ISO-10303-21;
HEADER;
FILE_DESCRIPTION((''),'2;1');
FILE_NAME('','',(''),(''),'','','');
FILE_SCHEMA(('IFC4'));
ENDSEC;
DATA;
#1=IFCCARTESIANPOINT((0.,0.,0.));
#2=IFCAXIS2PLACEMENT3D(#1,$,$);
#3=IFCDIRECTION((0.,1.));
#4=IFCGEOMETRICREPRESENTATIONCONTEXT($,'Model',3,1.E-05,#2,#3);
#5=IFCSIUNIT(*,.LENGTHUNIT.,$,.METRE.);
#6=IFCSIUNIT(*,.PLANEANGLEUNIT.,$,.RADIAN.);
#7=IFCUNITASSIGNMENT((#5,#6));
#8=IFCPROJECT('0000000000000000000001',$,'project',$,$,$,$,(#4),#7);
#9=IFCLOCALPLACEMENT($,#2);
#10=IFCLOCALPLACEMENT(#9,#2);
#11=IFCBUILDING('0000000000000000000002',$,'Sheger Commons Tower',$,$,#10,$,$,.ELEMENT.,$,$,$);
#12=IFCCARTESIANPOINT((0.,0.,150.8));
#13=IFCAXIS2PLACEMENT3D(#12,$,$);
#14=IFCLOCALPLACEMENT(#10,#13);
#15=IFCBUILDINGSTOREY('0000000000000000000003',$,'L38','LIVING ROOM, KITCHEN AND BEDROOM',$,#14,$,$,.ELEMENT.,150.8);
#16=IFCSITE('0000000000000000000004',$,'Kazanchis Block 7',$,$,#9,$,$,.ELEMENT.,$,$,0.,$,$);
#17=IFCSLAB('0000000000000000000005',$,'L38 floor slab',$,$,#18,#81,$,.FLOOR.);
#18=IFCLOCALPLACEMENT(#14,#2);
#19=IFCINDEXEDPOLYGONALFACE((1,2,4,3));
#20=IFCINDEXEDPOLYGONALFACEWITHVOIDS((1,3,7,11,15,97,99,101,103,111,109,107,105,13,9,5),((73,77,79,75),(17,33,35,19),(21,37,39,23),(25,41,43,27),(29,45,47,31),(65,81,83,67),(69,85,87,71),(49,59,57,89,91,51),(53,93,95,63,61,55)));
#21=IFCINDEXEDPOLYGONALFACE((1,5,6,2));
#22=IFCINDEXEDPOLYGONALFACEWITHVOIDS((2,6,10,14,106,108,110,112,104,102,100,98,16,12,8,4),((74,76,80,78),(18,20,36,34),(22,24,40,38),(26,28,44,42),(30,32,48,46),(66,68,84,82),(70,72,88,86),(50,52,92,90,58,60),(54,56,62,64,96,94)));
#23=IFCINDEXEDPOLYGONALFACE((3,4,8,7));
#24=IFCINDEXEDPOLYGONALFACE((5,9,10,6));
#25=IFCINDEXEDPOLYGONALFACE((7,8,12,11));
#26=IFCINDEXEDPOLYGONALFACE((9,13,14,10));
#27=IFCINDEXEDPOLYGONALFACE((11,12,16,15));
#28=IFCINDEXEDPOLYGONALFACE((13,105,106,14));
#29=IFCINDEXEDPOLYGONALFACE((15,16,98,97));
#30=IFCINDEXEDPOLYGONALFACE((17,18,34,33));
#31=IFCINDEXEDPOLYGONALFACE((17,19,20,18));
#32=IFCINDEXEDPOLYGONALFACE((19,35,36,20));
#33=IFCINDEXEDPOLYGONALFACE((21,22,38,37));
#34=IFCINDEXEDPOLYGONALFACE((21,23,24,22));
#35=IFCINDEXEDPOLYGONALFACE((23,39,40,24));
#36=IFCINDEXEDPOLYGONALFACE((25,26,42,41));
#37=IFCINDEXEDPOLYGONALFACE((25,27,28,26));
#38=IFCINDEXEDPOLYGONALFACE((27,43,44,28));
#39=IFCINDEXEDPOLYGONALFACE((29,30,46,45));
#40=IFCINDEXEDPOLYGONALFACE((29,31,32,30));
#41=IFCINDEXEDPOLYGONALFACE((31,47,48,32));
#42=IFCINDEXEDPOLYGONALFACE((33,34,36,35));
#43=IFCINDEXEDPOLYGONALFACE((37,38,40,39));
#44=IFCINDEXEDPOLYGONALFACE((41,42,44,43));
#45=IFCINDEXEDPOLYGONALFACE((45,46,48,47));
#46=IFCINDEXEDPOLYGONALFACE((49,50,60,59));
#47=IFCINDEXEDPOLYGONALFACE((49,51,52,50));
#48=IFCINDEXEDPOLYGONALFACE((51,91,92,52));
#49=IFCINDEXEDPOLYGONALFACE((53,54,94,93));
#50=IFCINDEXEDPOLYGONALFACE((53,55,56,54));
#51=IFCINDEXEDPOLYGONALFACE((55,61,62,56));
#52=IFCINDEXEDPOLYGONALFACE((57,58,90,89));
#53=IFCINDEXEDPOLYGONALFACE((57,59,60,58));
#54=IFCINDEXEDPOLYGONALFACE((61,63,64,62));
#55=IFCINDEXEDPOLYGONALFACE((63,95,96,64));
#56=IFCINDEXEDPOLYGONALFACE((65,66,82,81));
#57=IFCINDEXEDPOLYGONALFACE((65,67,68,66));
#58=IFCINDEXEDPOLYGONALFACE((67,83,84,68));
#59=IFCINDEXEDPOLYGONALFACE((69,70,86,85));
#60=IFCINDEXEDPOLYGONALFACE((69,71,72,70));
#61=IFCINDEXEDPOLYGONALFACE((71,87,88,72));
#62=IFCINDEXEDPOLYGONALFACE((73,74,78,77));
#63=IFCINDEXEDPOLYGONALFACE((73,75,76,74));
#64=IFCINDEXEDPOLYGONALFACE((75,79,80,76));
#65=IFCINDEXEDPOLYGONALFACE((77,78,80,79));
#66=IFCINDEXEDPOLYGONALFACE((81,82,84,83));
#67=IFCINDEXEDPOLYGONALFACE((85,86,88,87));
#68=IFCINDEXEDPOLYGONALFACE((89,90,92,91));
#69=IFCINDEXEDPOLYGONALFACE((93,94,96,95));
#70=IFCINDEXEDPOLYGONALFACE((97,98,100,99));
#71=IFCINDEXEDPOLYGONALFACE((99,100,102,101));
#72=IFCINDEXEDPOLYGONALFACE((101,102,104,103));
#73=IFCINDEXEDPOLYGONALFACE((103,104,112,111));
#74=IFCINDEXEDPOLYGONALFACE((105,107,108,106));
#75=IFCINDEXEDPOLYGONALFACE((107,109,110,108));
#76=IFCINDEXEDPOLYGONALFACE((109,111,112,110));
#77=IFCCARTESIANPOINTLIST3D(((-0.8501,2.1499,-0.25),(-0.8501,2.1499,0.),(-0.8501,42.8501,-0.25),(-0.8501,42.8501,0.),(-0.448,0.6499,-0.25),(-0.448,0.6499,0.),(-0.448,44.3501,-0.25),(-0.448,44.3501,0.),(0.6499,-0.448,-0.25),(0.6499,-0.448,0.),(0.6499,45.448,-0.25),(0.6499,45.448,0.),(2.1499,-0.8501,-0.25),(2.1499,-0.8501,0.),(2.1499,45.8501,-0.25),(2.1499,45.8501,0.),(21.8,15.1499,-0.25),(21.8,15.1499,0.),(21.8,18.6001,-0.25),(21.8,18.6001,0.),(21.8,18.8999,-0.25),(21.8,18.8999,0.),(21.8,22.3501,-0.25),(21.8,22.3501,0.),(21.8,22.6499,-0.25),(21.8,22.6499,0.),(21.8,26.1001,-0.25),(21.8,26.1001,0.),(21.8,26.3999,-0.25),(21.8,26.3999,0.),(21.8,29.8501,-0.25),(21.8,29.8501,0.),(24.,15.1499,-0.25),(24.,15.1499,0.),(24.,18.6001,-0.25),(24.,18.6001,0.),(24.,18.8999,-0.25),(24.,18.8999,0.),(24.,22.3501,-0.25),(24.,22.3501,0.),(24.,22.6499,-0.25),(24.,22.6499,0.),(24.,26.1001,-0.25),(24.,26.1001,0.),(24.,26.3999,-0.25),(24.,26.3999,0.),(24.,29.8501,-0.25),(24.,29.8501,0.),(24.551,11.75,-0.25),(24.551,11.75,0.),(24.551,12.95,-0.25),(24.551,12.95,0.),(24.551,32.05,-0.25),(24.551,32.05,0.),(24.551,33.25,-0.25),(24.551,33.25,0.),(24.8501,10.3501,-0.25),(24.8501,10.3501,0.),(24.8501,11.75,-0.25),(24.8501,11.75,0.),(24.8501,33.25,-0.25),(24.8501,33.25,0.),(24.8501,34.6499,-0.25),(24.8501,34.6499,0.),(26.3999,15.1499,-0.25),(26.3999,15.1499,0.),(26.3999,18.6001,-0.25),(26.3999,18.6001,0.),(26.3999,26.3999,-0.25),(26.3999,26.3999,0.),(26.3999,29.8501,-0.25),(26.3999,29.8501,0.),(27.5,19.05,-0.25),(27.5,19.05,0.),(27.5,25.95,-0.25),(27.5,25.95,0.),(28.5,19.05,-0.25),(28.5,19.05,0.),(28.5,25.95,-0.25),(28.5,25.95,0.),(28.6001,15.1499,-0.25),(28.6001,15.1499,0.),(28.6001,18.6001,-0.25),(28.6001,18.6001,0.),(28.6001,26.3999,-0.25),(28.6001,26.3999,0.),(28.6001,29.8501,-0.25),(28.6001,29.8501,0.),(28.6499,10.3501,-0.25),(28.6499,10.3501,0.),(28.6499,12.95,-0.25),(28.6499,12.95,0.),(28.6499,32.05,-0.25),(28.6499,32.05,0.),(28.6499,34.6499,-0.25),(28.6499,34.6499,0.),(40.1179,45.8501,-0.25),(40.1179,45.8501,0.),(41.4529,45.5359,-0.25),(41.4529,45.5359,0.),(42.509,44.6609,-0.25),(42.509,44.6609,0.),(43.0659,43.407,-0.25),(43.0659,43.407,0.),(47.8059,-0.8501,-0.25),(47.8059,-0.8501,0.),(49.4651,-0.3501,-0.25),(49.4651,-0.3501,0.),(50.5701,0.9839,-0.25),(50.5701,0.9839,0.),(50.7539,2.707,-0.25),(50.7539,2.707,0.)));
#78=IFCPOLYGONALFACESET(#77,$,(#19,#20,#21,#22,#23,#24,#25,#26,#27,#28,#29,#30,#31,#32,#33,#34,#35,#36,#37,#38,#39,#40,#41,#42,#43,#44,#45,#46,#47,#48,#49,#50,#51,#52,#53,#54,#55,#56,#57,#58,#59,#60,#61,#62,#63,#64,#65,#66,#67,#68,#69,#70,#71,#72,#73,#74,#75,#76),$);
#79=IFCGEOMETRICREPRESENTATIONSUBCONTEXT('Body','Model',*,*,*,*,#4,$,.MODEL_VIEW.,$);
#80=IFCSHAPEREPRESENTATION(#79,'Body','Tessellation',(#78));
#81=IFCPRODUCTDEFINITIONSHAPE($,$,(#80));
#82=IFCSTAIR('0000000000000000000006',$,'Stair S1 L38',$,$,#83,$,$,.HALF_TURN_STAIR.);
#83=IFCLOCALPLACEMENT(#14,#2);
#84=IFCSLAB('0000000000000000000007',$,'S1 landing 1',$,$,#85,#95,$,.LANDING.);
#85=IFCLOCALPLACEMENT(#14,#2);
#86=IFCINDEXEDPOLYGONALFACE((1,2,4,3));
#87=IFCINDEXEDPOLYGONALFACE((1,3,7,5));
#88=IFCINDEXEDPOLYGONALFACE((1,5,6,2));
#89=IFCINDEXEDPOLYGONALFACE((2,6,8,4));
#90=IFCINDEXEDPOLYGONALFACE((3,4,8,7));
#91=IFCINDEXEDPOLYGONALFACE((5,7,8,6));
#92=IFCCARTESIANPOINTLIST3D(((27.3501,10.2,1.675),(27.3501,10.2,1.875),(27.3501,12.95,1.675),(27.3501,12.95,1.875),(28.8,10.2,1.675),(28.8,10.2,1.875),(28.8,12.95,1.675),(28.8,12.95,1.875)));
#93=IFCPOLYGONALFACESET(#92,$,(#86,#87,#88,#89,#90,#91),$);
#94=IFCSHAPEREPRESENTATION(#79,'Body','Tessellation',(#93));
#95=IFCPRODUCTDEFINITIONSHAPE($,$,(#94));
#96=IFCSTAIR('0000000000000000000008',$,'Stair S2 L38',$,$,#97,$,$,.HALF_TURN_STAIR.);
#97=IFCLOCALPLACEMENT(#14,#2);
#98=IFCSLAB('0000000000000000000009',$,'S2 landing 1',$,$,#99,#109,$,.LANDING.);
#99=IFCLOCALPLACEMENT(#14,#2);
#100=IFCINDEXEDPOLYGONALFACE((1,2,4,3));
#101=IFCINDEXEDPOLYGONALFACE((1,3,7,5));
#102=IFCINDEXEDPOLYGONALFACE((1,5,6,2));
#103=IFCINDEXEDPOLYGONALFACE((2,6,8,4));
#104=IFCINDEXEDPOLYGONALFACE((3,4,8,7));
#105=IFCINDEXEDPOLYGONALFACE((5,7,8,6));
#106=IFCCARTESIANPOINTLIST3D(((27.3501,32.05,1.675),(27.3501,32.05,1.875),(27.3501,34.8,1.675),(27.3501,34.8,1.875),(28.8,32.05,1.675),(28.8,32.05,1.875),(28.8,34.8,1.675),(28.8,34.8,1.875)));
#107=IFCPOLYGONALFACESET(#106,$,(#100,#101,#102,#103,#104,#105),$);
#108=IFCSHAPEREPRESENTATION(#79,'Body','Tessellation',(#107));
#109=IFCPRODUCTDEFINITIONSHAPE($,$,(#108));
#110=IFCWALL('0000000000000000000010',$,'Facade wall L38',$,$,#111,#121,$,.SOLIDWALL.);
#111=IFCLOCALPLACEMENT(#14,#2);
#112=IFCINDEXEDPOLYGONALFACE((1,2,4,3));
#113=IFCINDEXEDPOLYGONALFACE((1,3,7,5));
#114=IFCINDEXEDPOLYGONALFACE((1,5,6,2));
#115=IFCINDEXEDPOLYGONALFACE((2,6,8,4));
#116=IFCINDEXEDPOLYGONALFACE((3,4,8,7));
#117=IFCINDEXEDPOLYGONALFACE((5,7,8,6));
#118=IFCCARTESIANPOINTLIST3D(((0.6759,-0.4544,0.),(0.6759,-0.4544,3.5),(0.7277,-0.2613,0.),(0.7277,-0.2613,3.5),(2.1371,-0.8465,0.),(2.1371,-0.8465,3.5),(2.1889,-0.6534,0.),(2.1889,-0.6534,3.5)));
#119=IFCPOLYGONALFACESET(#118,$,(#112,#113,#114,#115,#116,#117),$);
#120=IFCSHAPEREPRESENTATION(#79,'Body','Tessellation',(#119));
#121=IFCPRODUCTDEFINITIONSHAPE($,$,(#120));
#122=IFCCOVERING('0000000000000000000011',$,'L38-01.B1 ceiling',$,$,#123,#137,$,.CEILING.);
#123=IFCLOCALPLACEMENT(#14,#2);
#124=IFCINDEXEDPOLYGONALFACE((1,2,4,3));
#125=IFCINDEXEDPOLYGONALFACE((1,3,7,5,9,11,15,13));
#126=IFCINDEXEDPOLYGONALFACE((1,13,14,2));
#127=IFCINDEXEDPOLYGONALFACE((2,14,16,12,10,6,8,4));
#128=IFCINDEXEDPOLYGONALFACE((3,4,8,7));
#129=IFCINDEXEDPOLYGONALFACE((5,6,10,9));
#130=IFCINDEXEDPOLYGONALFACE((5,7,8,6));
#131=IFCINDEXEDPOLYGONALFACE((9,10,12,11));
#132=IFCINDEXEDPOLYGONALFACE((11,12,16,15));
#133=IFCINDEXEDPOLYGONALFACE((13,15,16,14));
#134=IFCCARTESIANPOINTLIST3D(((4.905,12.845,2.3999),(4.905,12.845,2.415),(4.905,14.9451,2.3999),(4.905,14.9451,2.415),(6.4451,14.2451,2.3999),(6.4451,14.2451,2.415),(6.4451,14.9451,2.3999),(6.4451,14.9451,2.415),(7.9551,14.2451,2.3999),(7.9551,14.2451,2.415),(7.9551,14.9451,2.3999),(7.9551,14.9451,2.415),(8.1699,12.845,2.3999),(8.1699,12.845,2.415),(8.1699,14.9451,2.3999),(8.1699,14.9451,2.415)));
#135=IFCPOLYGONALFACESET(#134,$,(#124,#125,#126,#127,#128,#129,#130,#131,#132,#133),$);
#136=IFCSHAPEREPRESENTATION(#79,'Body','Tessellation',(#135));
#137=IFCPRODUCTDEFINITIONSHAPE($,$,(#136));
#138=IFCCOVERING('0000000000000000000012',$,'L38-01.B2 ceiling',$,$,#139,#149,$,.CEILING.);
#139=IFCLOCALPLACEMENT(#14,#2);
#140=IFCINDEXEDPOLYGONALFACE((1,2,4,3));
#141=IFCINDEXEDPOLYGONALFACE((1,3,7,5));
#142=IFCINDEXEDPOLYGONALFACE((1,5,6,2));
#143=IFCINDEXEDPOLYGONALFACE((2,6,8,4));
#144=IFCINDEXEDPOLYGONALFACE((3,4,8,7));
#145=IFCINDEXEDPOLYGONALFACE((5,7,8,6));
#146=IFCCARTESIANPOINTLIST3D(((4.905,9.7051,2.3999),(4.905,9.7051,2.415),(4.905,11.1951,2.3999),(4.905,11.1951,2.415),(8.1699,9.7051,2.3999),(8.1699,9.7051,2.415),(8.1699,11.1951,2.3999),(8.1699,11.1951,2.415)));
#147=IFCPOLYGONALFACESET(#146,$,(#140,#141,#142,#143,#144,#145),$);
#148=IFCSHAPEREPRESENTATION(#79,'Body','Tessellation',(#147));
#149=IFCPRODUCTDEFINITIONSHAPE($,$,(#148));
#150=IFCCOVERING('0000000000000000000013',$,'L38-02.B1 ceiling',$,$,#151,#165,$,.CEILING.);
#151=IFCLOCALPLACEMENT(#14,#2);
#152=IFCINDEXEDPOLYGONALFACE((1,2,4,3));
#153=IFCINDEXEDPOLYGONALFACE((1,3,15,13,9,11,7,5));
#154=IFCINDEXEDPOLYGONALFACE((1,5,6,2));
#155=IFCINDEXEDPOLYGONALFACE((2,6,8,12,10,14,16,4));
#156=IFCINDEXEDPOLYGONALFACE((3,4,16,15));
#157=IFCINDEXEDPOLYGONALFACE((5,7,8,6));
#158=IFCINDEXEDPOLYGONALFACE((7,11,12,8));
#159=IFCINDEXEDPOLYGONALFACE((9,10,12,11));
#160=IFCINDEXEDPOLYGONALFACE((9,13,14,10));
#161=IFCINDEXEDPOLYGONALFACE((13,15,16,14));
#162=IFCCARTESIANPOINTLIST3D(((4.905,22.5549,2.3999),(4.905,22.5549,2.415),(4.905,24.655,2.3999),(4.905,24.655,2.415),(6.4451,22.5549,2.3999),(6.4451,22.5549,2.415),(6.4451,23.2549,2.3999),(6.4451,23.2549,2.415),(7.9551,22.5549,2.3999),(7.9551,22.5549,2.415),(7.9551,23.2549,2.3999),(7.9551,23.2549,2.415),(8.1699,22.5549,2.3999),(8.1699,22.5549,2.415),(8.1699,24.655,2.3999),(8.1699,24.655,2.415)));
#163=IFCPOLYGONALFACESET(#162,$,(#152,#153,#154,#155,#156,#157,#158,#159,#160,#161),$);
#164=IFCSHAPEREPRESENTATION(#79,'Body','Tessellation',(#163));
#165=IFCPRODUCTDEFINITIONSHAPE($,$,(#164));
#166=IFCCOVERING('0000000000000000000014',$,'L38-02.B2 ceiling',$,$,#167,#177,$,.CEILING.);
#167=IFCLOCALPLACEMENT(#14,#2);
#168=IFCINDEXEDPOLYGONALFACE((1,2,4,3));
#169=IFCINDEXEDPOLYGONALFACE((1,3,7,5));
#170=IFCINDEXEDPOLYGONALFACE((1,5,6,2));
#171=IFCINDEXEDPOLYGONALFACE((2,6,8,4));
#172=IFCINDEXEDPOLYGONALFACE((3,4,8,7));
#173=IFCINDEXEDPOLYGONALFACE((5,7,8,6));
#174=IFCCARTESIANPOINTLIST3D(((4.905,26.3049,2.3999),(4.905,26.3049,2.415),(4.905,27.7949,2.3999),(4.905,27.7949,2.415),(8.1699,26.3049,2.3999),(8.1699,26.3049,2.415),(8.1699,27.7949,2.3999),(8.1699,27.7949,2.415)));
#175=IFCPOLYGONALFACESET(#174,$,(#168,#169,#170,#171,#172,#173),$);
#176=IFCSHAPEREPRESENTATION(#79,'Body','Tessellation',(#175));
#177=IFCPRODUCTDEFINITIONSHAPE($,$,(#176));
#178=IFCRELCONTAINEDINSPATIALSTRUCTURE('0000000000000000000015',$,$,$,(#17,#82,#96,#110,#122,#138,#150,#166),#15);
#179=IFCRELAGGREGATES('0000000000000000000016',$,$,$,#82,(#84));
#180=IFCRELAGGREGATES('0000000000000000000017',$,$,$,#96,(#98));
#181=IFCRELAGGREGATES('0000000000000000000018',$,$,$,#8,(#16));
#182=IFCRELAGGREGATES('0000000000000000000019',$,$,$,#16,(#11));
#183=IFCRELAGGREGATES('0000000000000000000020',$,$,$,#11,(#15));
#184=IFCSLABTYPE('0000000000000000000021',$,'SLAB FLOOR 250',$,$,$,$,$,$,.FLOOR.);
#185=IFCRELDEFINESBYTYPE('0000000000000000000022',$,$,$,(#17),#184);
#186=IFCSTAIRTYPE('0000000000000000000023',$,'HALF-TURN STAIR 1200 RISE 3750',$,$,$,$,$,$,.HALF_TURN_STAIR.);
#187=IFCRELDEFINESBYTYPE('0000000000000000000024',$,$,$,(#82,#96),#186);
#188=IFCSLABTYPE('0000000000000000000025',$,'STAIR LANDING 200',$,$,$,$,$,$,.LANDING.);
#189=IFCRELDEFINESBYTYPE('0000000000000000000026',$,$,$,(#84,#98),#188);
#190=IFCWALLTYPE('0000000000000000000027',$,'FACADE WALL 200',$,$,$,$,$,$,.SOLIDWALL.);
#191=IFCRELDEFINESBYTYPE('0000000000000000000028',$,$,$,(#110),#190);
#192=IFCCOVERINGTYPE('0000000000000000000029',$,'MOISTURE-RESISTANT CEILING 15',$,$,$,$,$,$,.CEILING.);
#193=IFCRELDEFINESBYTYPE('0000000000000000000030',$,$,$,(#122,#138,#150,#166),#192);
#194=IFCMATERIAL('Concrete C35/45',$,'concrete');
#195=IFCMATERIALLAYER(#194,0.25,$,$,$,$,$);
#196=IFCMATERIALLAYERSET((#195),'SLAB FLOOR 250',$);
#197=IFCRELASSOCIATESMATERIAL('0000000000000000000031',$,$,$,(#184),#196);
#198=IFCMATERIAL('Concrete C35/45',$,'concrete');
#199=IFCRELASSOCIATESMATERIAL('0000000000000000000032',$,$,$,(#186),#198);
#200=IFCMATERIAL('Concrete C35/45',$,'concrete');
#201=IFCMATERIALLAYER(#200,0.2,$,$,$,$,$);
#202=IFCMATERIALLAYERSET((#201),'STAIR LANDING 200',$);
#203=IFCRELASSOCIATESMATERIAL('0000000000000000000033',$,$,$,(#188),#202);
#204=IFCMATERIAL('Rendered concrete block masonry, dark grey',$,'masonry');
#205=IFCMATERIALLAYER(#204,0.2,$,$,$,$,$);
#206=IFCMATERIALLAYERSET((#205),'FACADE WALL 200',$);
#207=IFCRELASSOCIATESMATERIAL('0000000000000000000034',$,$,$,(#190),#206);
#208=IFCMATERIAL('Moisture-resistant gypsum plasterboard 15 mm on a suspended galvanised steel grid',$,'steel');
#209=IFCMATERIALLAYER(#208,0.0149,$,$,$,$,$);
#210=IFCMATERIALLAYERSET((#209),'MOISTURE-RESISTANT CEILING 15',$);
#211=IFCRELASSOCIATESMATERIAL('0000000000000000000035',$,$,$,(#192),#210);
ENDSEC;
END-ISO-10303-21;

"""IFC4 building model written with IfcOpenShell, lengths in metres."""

from ifc_helpers import new_model, si_unit, direction, frame, frame_2d, origin, place, context, subcontext, project, spatial, polyline, rectangle, outline, extrude, material, layer, layer_set, type_object, element, aggregate, save


model = new_model("IFC4")

# Units and contexts
model_context = context("Model", 3, precision=1e-05, world=origin(), true_north=direction((0.0, 1.0)))
body_context = subcontext(model_context, "Body", "Model", "MODEL_VIEW")
ifc_project = project(units=[si_unit("LENGTHUNIT", "METRE"), si_unit("PLANEANGLEUNIT", "RADIAN")], contexts=[model_context])

# Site, building, storey
site_placement = place(None, origin())
site = spatial("IfcSite", under=ifc_project, at=site_placement, Name="Kazanchis Block 7", CompositionType="ELEMENT", RefElevation=0.0)
building_placement = place(site_placement, origin())
building = spatial("IfcBuilding", under=site, at=building_placement, Name="Sheger Commons Tower", CompositionType="ELEMENT")
storey_placement = place(building_placement, frame((0.0, 0.0, 150.8)))
storey = spatial("IfcBuildingStorey", under=building, at=storey_placement, Name="L38", Description="LIVING ROOM, KITCHEN AND BEDROOM", CompositionType="ELEMENT", Elevation=150.8)

# Slab
ifc_material_1 = material(Name="Concrete C35/45", Category="concrete")
ifc_layer_1 = layer(ifc_material_1, 0.25)
ifc_layer_set_1 = layer_set([ifc_layer_1], Name="SLAB FLOOR 250")
slab_type_1 = type_object("IfcSlabType", Name="SLAB FLOOR 250", PredefinedType="FLOOR", material=ifc_layer_set_1)
slab_1_placement = place(storey_placement, frame((0.0, 0.0, -0.25)))
element("IfcSlab", 1, at=slab_1_placement, inside=storey, type_object=slab_type_1, Name="L38 floor slab", PredefinedType="FLOOR", context=body_context, shape_type="SweptSolid", body=[
    extrude(outline(polyline([(-0.8501, 2.1499), (-0.448, 0.6499), (0.6499, -0.448), (2.1499, -0.8501), (47.8059, -0.8501), (49.4651, -0.3501), (50.5701, 0.9839), (50.7539, 2.707), (43.0659, 43.407), (42.509, 44.6609), (41.4529, 45.5359), (40.1179, 45.8501), (2.1499, 45.8501), (0.6499, 45.448), (-0.448, 44.3501), (-0.8501, 42.8501), (-0.8501, 2.1499)]), holes=[polyline([(24.8501, 10.3501), (28.6499, 10.3501), (28.6499, 12.95), (24.551, 12.95), (24.551, 11.75), (24.8501, 11.75), (24.8501, 10.3501)]), polyline([(24.551, 32.05), (28.6499, 32.05), (28.6499, 34.6499), (24.8501, 34.6499), (24.8501, 33.25), (24.551, 33.25), (24.551, 32.05)]), polyline([(26.3999, 15.1499), (28.6001, 15.1499), (28.6001, 18.6001), (26.3999, 18.6001), (26.3999, 15.1499)]), polyline([(26.3999, 26.3999), (28.6001, 26.3999), (28.6001, 29.8501), (26.3999, 29.8501), (26.3999, 26.3999)]), polyline([(21.8, 15.1499), (24.0, 15.1499), (24.0, 18.6001), (21.8, 18.6001), (21.8, 15.1499)]), polyline([(21.8, 18.8999), (24.0, 18.8999), (24.0, 22.3501), (21.8, 22.3501), (21.8, 18.8999)]), polyline([(21.8, 22.6499), (24.0, 22.6499), (24.0, 26.1001), (21.8, 26.1001), (21.8, 22.6499)]), polyline([(21.8, 26.3999), (24.0, 26.3999), (24.0, 29.8501), (21.8, 29.8501), (21.8, 26.3999)]), polyline([(27.5, 19.05), (28.5, 19.05), (28.5, 25.95), (27.5, 25.95), (27.5, 19.05)])]), origin(), (0.0, 0.0, 1.0), 0.25),
])

# Stairs, slabs
ifc_material_2 = material(Name="Concrete C35/45", Category="concrete")
stair_type = type_object("IfcStairType", Name="HALF-TURN STAIR 1200 RISE 3750", PredefinedType="HALF_TURN_STAIR", material=ifc_material_2)
stair_1_placement = place(storey_placement, origin())
stair_1 = element("IfcStair", 2, at=stair_1_placement, inside=storey, type_object=stair_type, Name="Stair S1 L38", PredefinedType="HALF_TURN_STAIR")
ifc_material_3 = material(Name="Concrete C35/45", Category="concrete")
ifc_layer_2 = layer(ifc_material_3, 0.2)
ifc_layer_set_2 = layer_set([ifc_layer_2], Name="STAIR LANDING 200")
slab_type_2 = type_object("IfcSlabType", Name="STAIR LANDING 200", PredefinedType="LANDING", material=ifc_layer_set_2)
slab_2_placement = place(storey_placement, frame((0.0, 0.0, 1.675)))
slab_2 = element("IfcSlab", 3, at=slab_2_placement, type_object=slab_type_2, Name="S1 landing 1", PredefinedType="LANDING", context=body_context, shape_type="SweptSolid", body=[
    extrude(outline(polyline([(27.3501, 10.2), (28.8, 10.2), (28.8, 12.95), (27.3501, 12.95), (27.3501, 10.2)])), origin(), (0.0, 0.0, 1.0), 0.2),
])
aggregate(stair_1, [slab_2])
stair_2_placement = place(storey_placement, origin())
stair_2 = element("IfcStair", 4, at=stair_2_placement, inside=storey, type_object=stair_type, Name="Stair S2 L38", PredefinedType="HALF_TURN_STAIR")
slab_3_placement = place(storey_placement, frame((0.0, 0.0, 1.675)))
slab_3 = element("IfcSlab", 5, at=slab_3_placement, type_object=slab_type_2, Name="S2 landing 1", PredefinedType="LANDING", context=body_context, shape_type="SweptSolid", body=[
    extrude(outline(polyline([(27.3501, 32.05), (28.8, 32.05), (28.8, 34.8), (27.3501, 34.8), (27.3501, 32.05)])), origin(), (0.0, 0.0, 1.0), 0.2),
])
aggregate(stair_2, [slab_3])

# Wall
ifc_material_4 = material(Name="Rendered concrete block masonry, dark grey", Category="masonry")
ifc_layer_3 = layer(ifc_material_4, 0.2)
ifc_layer_set_3 = layer_set([ifc_layer_3], Name="FACADE WALL 200")
wall_type = type_object("IfcWallType", Name="FACADE WALL 200", PredefinedType="SOLIDWALL", material=ifc_layer_set_3)
wall_placement = place(storey_placement, frame((0.7019, -0.3579, 0.0), z_axis=(0.0, 0.0, 1.0), x_axis=(0.965832, -0.259169, 0.0)))
element("IfcWall", 6, at=wall_placement, inside=storey, type_object=wall_type, Name="Facade wall L38", PredefinedType="SOLIDWALL", context=body_context, shape_type="SweptSolid", body=[
    extrude(rectangle(XDim=1.5129, YDim=0.2, at=frame_2d((0.7563, 0.0))), origin(), (0.0, 0.0, 1.0), 3.5),
])

# Coverings
ifc_material_5 = material(Name="Moisture-resistant gypsum plasterboard 15 mm on a suspended galvanised steel grid", Category="steel")
ifc_layer_4 = layer(ifc_material_5, 0.0149)
ifc_layer_set_4 = layer_set([ifc_layer_4], Name="MOISTURE-RESISTANT CEILING 15")
covering_type_1 = type_object("IfcCoveringType", Name="MOISTURE-RESISTANT CEILING 15", PredefinedType="CEILING", material=ifc_layer_set_4)
covering_1_placement = place(storey_placement, frame((0.0, 0.0, 2.3999)))
element("IfcCovering", 7, at=covering_1_placement, inside=storey, type_object=covering_type_1, Name="L38-01.B1 ceiling", PredefinedType="CEILING", context=body_context, shape_type="SweptSolid", body=[
    extrude(outline(polyline([(4.905, 12.845), (8.1699, 12.845), (8.1699, 14.9451), (7.9551, 14.9451), (7.9551, 14.2451), (6.4451, 14.2451), (6.4451, 14.9451), (4.905, 14.9451), (4.905, 12.845)])), origin(), (0.0, 0.0, 1.0), 0.0151),
])
covering_2_placement = place(storey_placement, frame((0.0, 0.0, 2.3999)))
element("IfcCovering", 8, at=covering_2_placement, inside=storey, type_object=covering_type_1, Name="L38-01.B2 ceiling", PredefinedType="CEILING", context=body_context, shape_type="SweptSolid", body=[
    extrude(outline(polyline([(4.905, 9.7051), (8.1699, 9.7051), (8.1699, 11.1951), (4.905, 11.1951), (4.905, 9.7051)])), origin(), (0.0, 0.0, 1.0), 0.0151),
])
covering_3_placement = place(storey_placement, frame((0.0, 0.0, 2.3999)))
element("IfcCovering", 9, at=covering_3_placement, inside=storey, type_object=covering_type_1, Name="L38-02.B1 ceiling", PredefinedType="CEILING", context=body_context, shape_type="SweptSolid", body=[
    extrude(outline(polyline([(4.905, 22.5549), (6.4451, 22.5549), (6.4451, 23.2549), (7.9551, 23.2549), (7.9551, 22.5549), (8.1699, 22.5549), (8.1699, 24.655), (4.905, 24.655), (4.905, 22.5549)])), origin(), (0.0, 0.0, 1.0), 0.0151),
])
covering_4_placement = place(storey_placement, frame((0.0, 0.0, 2.3999)))
element("IfcCovering", 10, at=covering_4_placement, inside=storey, type_object=covering_type_1, Name="L38-02.B2 ceiling", PredefinedType="CEILING", context=body_context, shape_type="SweptSolid", body=[
    extrude(outline(polyline([(4.905, 26.3049), (8.1699, 26.3049), (8.1699, 27.7949), (4.905, 27.7949), (4.905, 26.3049)])), origin(), (0.0, 0.0, 1.0), 0.0151),
])

save(model, "model.ifc")
